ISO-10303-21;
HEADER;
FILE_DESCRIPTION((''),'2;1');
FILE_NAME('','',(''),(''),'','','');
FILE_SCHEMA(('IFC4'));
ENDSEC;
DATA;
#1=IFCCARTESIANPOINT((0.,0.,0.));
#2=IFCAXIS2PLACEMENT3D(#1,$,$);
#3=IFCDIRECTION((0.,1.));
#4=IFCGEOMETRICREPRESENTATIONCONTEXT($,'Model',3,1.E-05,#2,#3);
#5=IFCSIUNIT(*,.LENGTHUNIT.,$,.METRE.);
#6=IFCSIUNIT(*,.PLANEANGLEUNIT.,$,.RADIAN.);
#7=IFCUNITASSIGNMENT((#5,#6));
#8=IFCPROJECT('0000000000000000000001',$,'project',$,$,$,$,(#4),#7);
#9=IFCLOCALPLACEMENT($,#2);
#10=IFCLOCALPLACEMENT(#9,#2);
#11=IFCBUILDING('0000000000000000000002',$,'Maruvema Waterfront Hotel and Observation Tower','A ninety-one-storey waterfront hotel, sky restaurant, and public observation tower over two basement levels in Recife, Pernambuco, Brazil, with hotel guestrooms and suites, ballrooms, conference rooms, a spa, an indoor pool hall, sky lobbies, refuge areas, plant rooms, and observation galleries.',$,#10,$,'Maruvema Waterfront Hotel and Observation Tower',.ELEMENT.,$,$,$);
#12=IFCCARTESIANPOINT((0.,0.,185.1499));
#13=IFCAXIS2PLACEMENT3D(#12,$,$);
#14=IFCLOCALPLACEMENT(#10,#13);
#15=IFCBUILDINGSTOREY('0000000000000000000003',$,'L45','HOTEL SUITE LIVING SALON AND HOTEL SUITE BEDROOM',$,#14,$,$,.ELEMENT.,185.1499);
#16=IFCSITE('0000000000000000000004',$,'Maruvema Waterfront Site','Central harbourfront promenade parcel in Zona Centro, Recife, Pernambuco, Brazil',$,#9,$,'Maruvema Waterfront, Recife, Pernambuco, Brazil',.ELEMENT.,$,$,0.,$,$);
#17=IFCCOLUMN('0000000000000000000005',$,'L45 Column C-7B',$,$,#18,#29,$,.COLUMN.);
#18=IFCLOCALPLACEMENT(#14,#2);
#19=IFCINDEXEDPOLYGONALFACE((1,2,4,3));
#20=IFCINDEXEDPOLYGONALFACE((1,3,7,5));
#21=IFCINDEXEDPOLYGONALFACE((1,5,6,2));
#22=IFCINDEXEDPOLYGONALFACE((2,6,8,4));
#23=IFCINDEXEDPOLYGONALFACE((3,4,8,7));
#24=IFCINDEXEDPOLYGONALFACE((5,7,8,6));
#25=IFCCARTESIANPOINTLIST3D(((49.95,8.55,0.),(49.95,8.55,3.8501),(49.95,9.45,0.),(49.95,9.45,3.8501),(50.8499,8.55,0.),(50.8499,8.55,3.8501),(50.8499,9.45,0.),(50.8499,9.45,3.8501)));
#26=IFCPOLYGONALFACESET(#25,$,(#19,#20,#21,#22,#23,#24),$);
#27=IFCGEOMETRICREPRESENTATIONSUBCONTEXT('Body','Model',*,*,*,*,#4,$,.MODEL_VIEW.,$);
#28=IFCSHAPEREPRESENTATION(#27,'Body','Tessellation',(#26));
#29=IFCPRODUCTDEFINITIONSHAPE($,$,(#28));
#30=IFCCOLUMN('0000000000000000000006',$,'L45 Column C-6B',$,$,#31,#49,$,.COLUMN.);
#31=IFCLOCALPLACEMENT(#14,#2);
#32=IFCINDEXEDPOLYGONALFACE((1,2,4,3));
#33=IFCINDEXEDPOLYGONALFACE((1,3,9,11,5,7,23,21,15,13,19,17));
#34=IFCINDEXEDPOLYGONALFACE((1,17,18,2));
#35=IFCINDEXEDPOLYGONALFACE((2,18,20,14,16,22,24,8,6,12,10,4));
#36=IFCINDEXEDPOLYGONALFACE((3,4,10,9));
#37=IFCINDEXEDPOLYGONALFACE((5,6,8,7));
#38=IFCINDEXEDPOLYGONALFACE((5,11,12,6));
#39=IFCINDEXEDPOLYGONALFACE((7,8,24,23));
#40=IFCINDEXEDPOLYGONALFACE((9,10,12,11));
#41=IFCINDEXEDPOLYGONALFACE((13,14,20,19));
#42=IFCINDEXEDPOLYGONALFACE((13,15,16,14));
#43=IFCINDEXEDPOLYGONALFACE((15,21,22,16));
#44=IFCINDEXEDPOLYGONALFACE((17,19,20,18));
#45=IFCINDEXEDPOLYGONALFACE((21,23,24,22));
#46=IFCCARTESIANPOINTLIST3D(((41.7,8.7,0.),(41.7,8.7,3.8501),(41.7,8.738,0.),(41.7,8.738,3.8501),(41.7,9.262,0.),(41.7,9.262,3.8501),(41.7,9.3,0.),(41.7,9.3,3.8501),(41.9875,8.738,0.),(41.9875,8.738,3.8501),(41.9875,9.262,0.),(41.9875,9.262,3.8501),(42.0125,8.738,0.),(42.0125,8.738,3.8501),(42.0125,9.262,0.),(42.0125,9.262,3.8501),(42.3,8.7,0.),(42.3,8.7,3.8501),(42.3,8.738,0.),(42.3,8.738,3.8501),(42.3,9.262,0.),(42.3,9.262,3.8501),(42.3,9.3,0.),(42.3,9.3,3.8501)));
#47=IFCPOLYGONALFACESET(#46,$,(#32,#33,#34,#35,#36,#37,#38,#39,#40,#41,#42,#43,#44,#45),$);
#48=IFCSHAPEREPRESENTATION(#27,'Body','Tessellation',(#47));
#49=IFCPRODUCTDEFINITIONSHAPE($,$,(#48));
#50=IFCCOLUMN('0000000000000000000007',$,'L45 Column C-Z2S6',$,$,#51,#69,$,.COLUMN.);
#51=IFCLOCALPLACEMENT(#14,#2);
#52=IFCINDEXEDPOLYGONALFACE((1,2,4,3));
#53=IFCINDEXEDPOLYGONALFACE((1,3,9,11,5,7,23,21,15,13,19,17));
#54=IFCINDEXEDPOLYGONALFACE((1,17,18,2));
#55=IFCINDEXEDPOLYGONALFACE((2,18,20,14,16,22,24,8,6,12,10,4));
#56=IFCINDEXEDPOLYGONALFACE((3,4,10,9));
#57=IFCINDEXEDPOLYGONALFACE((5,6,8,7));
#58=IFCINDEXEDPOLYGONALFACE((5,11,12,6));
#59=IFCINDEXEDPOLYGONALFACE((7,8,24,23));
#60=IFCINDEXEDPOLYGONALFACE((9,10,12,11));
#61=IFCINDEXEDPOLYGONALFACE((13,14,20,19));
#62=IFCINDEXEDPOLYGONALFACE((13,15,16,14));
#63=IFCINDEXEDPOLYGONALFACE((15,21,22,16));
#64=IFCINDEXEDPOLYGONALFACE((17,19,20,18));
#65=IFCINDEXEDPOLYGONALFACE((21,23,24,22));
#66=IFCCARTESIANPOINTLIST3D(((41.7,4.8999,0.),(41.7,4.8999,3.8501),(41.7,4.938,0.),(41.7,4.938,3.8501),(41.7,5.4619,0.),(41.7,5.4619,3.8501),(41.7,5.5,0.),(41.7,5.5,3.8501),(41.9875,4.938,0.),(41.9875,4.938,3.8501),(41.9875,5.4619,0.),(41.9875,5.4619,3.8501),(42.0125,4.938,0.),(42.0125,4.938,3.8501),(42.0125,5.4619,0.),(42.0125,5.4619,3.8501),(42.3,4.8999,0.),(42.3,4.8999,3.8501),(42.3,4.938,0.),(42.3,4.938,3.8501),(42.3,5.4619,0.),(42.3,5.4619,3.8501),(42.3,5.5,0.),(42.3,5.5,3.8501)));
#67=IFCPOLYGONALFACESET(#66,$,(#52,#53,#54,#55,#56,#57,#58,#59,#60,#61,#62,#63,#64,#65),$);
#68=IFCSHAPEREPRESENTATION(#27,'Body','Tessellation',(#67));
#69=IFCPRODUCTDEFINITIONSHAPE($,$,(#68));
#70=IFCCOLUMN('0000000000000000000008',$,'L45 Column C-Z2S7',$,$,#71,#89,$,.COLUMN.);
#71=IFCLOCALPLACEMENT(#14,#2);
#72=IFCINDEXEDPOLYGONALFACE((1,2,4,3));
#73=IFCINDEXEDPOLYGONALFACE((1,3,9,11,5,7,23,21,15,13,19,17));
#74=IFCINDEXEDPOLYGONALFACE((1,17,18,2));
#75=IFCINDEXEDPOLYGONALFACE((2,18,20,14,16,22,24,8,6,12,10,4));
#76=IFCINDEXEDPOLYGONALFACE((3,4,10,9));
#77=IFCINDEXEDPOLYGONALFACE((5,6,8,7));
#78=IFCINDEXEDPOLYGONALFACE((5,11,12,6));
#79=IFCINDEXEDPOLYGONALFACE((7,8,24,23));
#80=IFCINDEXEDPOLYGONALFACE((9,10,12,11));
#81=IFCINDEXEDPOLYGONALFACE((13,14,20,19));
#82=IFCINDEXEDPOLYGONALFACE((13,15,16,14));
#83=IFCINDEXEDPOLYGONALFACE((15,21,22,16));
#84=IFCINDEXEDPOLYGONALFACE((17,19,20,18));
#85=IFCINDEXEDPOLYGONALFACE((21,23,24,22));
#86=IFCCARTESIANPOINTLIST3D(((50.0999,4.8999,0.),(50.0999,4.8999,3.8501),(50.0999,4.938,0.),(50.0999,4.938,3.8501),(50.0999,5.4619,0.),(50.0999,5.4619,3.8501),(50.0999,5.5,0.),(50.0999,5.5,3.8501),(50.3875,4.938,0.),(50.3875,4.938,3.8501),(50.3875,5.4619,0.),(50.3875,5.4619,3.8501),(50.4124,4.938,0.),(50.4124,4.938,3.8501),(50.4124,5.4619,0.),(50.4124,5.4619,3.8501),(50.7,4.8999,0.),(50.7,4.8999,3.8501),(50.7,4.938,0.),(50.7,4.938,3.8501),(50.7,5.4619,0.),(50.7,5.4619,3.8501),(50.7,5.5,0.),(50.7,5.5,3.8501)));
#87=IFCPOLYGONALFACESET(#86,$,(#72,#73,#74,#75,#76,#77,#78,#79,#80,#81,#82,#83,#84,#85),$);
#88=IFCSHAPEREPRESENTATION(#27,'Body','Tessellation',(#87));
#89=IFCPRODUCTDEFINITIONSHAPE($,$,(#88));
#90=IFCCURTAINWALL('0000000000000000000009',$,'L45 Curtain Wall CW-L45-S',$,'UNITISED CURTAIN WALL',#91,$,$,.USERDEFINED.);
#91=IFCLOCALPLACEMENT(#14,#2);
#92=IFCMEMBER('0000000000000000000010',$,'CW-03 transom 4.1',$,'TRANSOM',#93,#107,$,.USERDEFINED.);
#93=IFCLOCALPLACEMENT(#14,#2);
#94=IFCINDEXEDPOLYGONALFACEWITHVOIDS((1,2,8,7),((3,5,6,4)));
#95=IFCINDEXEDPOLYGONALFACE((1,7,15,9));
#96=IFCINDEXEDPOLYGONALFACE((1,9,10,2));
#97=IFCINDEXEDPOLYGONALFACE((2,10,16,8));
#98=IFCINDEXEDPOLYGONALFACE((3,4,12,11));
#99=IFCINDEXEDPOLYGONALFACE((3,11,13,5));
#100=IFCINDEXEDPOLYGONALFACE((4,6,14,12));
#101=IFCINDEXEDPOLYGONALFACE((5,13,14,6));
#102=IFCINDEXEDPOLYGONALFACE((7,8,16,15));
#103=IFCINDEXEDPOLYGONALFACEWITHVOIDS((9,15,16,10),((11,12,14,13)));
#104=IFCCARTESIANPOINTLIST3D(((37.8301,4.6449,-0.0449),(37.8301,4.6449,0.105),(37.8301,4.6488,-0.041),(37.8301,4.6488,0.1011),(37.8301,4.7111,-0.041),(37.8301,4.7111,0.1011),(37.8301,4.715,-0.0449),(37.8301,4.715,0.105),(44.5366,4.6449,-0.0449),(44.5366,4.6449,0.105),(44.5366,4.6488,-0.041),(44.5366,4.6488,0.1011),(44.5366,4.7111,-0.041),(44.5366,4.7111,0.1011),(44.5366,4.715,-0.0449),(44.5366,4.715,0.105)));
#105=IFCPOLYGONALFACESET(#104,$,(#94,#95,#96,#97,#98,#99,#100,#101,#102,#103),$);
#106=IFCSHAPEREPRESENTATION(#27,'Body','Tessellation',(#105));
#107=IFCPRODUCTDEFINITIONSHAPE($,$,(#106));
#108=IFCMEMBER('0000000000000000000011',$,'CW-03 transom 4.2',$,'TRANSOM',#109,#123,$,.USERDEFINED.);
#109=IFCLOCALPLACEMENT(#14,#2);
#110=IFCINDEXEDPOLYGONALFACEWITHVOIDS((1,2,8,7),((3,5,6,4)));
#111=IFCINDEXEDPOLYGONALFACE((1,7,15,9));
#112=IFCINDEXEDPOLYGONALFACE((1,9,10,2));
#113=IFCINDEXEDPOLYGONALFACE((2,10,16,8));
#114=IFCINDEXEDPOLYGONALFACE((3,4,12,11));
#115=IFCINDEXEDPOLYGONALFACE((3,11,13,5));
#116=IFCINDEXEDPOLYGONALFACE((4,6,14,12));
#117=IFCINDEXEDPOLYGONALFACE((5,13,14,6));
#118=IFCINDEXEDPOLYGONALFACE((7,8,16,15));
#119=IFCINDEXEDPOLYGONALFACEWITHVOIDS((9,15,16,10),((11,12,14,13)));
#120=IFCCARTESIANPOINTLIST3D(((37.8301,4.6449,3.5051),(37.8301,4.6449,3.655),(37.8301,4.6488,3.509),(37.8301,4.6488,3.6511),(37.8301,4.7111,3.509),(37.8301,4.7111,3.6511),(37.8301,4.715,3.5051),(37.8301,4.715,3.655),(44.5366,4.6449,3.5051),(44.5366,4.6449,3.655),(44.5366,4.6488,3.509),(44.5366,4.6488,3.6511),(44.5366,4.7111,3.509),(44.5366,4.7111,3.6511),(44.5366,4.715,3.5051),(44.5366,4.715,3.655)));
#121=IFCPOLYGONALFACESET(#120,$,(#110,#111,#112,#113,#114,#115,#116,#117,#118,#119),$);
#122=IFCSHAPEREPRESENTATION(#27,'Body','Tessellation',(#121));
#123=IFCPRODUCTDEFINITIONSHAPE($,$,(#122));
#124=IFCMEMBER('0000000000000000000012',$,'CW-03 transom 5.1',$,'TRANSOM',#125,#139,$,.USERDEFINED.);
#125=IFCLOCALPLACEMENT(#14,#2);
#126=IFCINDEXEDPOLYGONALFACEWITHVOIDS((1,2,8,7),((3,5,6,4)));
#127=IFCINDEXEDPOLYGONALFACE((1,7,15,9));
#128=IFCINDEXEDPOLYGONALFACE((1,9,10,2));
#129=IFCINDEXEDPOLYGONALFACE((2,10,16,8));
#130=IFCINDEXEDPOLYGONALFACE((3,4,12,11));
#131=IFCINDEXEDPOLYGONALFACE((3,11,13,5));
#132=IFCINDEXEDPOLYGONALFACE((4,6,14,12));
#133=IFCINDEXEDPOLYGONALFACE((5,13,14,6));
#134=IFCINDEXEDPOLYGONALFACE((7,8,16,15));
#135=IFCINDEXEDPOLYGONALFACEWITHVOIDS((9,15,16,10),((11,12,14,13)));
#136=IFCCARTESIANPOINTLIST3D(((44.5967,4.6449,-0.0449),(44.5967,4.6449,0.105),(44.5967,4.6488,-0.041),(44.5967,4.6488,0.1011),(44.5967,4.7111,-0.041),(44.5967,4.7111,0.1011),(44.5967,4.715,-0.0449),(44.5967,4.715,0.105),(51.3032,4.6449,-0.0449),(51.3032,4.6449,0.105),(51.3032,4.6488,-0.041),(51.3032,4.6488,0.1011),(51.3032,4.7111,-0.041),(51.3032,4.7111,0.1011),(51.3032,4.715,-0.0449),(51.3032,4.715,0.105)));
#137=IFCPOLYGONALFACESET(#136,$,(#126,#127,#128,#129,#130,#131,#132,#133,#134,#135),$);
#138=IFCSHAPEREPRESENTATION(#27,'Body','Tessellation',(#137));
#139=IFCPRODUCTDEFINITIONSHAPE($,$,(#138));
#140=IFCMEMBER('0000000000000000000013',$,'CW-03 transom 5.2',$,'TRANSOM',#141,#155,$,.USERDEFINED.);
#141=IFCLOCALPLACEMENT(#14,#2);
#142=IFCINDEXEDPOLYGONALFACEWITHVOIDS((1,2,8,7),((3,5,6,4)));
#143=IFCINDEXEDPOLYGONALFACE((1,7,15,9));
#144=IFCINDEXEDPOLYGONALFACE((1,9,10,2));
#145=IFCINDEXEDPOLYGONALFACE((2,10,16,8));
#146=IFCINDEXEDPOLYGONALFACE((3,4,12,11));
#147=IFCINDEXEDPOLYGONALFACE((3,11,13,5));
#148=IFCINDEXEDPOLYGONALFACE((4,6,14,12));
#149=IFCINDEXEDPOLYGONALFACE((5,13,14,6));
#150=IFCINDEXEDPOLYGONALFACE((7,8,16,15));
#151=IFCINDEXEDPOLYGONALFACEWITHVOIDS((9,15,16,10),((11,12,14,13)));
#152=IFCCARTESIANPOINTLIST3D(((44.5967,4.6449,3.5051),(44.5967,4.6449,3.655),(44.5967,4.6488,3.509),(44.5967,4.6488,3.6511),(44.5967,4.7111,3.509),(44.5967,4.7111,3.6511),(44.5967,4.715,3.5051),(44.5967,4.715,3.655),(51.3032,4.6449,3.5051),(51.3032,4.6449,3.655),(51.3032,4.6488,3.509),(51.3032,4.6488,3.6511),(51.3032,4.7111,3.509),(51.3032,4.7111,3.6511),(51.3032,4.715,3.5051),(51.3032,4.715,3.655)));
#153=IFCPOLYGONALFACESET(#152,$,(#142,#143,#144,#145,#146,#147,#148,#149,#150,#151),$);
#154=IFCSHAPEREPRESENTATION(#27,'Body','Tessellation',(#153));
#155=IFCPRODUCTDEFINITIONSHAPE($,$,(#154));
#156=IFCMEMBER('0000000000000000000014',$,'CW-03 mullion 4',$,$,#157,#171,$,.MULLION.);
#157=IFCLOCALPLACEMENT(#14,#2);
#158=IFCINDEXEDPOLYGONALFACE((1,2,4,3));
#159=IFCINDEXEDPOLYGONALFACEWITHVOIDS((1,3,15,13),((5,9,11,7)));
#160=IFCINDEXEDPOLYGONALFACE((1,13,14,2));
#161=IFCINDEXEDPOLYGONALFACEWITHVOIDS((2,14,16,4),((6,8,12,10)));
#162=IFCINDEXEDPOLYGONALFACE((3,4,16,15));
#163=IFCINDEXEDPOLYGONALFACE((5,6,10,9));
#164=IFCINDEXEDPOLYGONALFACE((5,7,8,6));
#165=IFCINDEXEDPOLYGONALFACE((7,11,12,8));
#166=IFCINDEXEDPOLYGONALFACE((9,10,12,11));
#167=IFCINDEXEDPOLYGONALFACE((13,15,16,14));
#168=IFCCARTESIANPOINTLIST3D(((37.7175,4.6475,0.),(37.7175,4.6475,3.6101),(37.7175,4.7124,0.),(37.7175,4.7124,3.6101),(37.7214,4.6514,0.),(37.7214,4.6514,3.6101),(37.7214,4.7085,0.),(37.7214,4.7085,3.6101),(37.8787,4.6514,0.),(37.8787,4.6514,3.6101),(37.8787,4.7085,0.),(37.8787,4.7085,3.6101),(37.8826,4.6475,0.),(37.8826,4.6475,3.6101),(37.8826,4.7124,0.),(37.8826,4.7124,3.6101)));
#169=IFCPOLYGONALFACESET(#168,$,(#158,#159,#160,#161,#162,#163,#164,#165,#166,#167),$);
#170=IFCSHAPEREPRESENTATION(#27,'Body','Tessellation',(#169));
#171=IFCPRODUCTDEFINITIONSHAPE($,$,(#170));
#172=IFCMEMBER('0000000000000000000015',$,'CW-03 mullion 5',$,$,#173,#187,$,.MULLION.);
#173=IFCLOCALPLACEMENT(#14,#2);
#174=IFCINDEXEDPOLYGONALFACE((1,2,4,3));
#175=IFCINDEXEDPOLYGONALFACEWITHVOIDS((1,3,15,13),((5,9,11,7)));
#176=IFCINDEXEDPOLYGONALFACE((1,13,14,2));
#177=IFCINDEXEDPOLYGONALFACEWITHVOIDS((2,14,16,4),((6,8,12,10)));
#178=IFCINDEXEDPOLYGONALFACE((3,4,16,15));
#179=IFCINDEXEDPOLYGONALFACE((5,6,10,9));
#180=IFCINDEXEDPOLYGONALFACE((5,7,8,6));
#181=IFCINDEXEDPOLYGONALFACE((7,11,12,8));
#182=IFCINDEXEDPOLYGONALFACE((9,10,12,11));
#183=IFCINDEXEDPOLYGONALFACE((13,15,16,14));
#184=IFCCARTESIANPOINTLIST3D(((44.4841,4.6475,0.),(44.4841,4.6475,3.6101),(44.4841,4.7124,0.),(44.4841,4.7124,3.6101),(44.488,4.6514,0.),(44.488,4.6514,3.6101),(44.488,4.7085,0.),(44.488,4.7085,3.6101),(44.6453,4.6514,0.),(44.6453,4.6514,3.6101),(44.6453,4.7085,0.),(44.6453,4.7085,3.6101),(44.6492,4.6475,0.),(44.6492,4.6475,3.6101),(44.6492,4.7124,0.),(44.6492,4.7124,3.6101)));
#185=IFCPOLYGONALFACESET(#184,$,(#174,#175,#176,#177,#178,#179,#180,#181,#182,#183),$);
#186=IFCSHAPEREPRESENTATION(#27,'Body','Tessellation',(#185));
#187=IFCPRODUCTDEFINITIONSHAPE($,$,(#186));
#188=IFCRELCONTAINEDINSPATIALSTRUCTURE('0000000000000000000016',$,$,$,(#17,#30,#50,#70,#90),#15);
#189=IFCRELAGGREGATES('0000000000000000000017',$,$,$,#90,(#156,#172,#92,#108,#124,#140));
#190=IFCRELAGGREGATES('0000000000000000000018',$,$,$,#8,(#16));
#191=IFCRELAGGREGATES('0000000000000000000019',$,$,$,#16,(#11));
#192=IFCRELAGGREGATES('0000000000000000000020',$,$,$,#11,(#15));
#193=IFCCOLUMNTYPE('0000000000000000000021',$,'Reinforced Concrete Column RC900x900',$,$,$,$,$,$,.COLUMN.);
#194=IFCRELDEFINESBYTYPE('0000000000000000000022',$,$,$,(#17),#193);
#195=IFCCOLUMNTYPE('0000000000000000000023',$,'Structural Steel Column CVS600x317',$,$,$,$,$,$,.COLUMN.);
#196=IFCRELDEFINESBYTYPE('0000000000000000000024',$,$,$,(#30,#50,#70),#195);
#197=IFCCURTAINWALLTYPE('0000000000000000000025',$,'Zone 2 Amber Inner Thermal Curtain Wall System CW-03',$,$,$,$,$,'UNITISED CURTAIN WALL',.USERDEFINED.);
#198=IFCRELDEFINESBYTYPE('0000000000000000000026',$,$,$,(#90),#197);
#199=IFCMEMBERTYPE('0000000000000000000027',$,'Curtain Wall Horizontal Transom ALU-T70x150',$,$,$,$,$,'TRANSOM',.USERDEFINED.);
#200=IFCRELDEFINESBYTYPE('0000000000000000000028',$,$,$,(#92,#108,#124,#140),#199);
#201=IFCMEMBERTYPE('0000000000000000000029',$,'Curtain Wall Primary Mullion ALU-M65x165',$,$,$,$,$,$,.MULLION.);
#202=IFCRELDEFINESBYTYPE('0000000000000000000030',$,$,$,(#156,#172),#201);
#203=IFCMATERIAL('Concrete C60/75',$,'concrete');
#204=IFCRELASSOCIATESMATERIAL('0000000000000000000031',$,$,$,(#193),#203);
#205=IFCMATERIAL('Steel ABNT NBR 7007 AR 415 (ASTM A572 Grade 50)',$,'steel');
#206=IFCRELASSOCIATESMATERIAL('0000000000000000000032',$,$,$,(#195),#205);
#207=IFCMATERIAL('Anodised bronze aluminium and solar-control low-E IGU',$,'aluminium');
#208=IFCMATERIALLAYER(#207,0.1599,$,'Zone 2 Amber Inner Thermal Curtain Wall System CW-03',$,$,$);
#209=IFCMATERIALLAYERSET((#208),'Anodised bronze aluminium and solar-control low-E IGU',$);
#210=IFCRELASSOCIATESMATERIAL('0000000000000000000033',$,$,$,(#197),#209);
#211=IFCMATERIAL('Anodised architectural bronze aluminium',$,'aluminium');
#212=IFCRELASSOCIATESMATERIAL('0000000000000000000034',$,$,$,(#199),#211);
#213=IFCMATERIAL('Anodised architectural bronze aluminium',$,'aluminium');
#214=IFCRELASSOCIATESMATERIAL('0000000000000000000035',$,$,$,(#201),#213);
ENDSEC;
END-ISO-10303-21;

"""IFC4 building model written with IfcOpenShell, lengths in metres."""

from ifc_helpers import new_model, si_unit, direction, frame, origin, origin_2d, place, context, subcontext, project, spatial, rectangle, hollow_rectangle, i_section, extrude, material, layer, layer_set, material_profile, profile_set, type_object, element, aggregate, save


model = new_model("IFC4")

# Units and contexts
model_context = context("Model", 3, precision=1e-05, world=origin(), true_north=direction((0.0, 1.0)))
body_context = subcontext(model_context, "Body", "Model", "MODEL_VIEW")
ifc_project = project(units=[si_unit("LENGTHUNIT", "METRE"), si_unit("PLANEANGLEUNIT", "RADIAN")], contexts=[model_context])

# Site, building, storey
site_placement = place(None, origin())
site = spatial("IfcSite", under=ifc_project, at=site_placement, Name="Maruvema Waterfront Site", Description="Central harbourfront promenade parcel in Zona Centro, Recife, Pernambuco, Brazil", LongName="Maruvema Waterfront, Recife, Pernambuco, Brazil", CompositionType="ELEMENT", RefElevation=0.0)
building_placement = place(site_placement, origin())
building = spatial("IfcBuilding", under=site, at=building_placement, Name="Maruvema Waterfront Hotel and Observation Tower", Description="A ninety-one-storey waterfront hotel, sky restaurant, and public observation tower over two basement levels in Recife, Pernambuco, Brazil, with hotel guestrooms and suites, ballrooms, conference rooms, a spa, an indoor pool hall, sky lobbies, refuge areas, plant rooms, and observation galleries.", LongName="Maruvema Waterfront Hotel and Observation Tower", CompositionType="ELEMENT")
storey_placement = place(building_placement, frame((0.0, 0.0, 185.1499)))
storey = spatial("IfcBuildingStorey", under=building, at=storey_placement, Name="L45", Description="HOTEL SUITE LIVING SALON AND HOTEL SUITE BEDROOM", CompositionType="ELEMENT", Elevation=185.1499)

# Columns
ifc_material_1 = material(Name="Concrete C60/75", Category="concrete")
ifc_material_profile_1 = material_profile(ifc_material_1, rectangle(XDim=0.8999, YDim=0.8999, at=origin_2d()), Name="RC900x900")
ifc_profile_set_1 = profile_set([ifc_material_profile_1], Name="Concrete C60/75")
column_type_1 = type_object("IfcColumnType", Name="Reinforced Concrete Column RC900x900", PredefinedType="COLUMN", material=ifc_profile_set_1)
column_placement = place(storey_placement, frame((50.3999, 9.0, 0.0), z_axis=(0.0, 0.0, 1.0), x_axis=(1.0, 0.0, 0.0)))
element("IfcColumn", 1, at=column_placement, inside=storey, type_object=column_type_1, Name="L45 Column C-7B", PredefinedType="COLUMN", context=body_context, shape_type="SweptSolid", body=[
    extrude(rectangle(XDim=0.8999, YDim=0.8999, at=origin_2d()), origin(), (0.0, 0.0, 1.0), 3.8501),
])
ifc_material_2 = material(Name="Steel ABNT NBR 7007 AR 415 (ASTM A572 Grade 50)", Category="steel")
ifc_material_profile_2 = material_profile(ifc_material_2, i_section(OverallWidth=0.6001, OverallDepth=0.6001, WebThickness=0.0249, FlangeThickness=0.0381, at=origin_2d()), Name="CVS600x317")
ifc_profile_set_2 = profile_set([ifc_material_profile_2], Name="Steel ABNT NBR 7007 AR 415 (ASTM A572 Grade 50)")
column_type_2 = type_object("IfcColumnType", Name="Structural Steel Column CVS600x317", PredefinedType="COLUMN", material=ifc_profile_set_2)
for number, where, z_axis, x_axis, name in (
    (2, (42.0, 9.0, 0.0), (0.0, 0.0, 1.0), (1.0, 0.0, 0.0), "L45 Column C-6B"),
    (3, (42.0, 5.2, 0.0), (0.0, 0.0, 1.0), (1.0, 0.0, 0.0), "L45 Column C-Z2S6"),
    (4, (50.3999, 5.2, 0.0), (0.0, 0.0, 1.0), (1.0, 0.0, 0.0), "L45 Column C-Z2S7"),
):
    element("IfcColumn", number, at=place(storey_placement, frame(where, z_axis=z_axis, x_axis=x_axis)), inside=storey, type_object=column_type_2, Name=name, PredefinedType="COLUMN", context=body_context, shape_type="SweptSolid", body=[
        extrude(i_section(OverallWidth=0.6001, OverallDepth=0.6001, WebThickness=0.0249, FlangeThickness=0.0381, at=origin_2d()), origin(), (0.0, 0.0, 1.0), 3.8501),
    ])

# Curtain wall, members
ifc_material_3 = material(Name="Anodised bronze aluminium and solar-control low-E IGU", Category="aluminium")
ifc_layer_1 = layer(ifc_material_3, 0.1599, Name="Zone 2 Amber Inner Thermal Curtain Wall System CW-03")
ifc_layer_set_1 = layer_set([ifc_layer_1], Name="Anodised bronze aluminium and solar-control low-E IGU")
curtain_wall_type = type_object("IfcCurtainWallType", Name="Zone 2 Amber Inner Thermal Curtain Wall System CW-03", ElementType="UNITISED CURTAIN WALL", PredefinedType="USERDEFINED", material=ifc_layer_set_1)
curtain_wall_placement = place(storey_placement, origin())
curtain_wall = element("IfcCurtainWall", 5, at=curtain_wall_placement, inside=storey, type_object=curtain_wall_type, Name="L45 Curtain Wall CW-L45-S", ObjectType="UNITISED CURTAIN WALL", PredefinedType="USERDEFINED")
ifc_material_4 = material(Name="Anodised architectural bronze aluminium", Category="aluminium")
ifc_material_profile_3 = material_profile(ifc_material_4, hollow_rectangle(XDim=0.0701, YDim=0.1499, WallThickness=0.0039, at=origin_2d()), Name="ALU-T70x150")
ifc_profile_set_3 = profile_set([ifc_material_profile_3], Name="Anodised architectural bronze aluminium")
member_type_1 = type_object("IfcMemberType", Name="Curtain Wall Horizontal Transom ALU-T70x150", ElementType="TRANSOM", PredefinedType="USERDEFINED", material=ifc_profile_set_3)
member_1_placement = place(storey_placement, frame((37.8301, 4.6799, 0.03), z_axis=(1.0, 0.0, 0.0), x_axis=(0.0, 1.0, 0.0)))
member_1 = element("IfcMember", 6, at=member_1_placement, type_object=member_type_1, Name="CW-03 transom 4.1", ObjectType="TRANSOM", PredefinedType="USERDEFINED", context=body_context, shape_type="SweptSolid", body=[
    extrude(hollow_rectangle(XDim=0.0701, YDim=0.1499, WallThickness=0.0039, at=origin_2d()), origin(), (0.0, 0.0, 1.0), 6.7065),
])
member_2_placement = place(storey_placement, frame((37.8301, 4.6799, 3.5801), z_axis=(1.0, 0.0, 0.0), x_axis=(0.0, 1.0, 0.0)))
member_2 = element("IfcMember", 7, at=member_2_placement, type_object=member_type_1, Name="CW-03 transom 4.2", ObjectType="TRANSOM", PredefinedType="USERDEFINED", context=body_context, shape_type="SweptSolid", body=[
    extrude(hollow_rectangle(XDim=0.0701, YDim=0.1499, WallThickness=0.0039, at=origin_2d()), origin(), (0.0, 0.0, 1.0), 6.7065),
])
member_3_placement = place(storey_placement, frame((44.5967, 4.6799, 0.03), z_axis=(1.0, 0.0, 0.0), x_axis=(0.0, 1.0, 0.0)))
member_3 = element("IfcMember", 8, at=member_3_placement, type_object=member_type_1, Name="CW-03 transom 5.1", ObjectType="TRANSOM", PredefinedType="USERDEFINED", context=body_context, shape_type="SweptSolid", body=[
    extrude(hollow_rectangle(XDim=0.0701, YDim=0.1499, WallThickness=0.0039, at=origin_2d()), origin(), (0.0, 0.0, 1.0), 6.7065),
])
member_4_placement = place(storey_placement, frame((44.5967, 4.6799, 3.5801), z_axis=(1.0, 0.0, 0.0), x_axis=(0.0, 1.0, 0.0)))
member_4 = element("IfcMember", 9, at=member_4_placement, type_object=member_type_1, Name="CW-03 transom 5.2", ObjectType="TRANSOM", PredefinedType="USERDEFINED", context=body_context, shape_type="SweptSolid", body=[
    extrude(hollow_rectangle(XDim=0.0701, YDim=0.1499, WallThickness=0.0039, at=origin_2d()), origin(), (0.0, 0.0, 1.0), 6.7065),
])
ifc_material_5 = material(Name="Anodised architectural bronze aluminium", Category="aluminium")
ifc_material_profile_4 = material_profile(ifc_material_5, hollow_rectangle(XDim=0.0649, YDim=0.165, WallThickness=0.0039, at=origin_2d()), Name="ALU-M65x165")
ifc_profile_set_4 = profile_set([ifc_material_profile_4], Name="Anodised architectural bronze aluminium")
member_type_2 = type_object("IfcMemberType", Name="Curtain Wall Primary Mullion ALU-M65x165", PredefinedType="MULLION", material=ifc_profile_set_4)
member_5_placement = place(storey_placement, frame((37.8, 4.6799, 0.0), z_axis=(0.0, 0.0, 1.0), x_axis=(0.0, 1.0, 0.0)))
member_5 = element("IfcMember", 10, at=member_5_placement, type_object=member_type_2, Name="CW-03 mullion 4", PredefinedType="MULLION", context=body_context, shape_type="SweptSolid", body=[
    extrude(hollow_rectangle(XDim=0.0649, YDim=0.165, WallThickness=0.0039, at=origin_2d()), origin(), (0.0, 0.0, 1.0), 3.6101),
])
member_6_placement = place(storey_placement, frame((44.5667, 4.6799, 0.0), z_axis=(0.0, 0.0, 1.0), x_axis=(0.0, 1.0, 0.0)))
member_6 = element("IfcMember", 11, at=member_6_placement, type_object=member_type_2, Name="CW-03 mullion 5", PredefinedType="MULLION", context=body_context, shape_type="SweptSolid", body=[
    extrude(hollow_rectangle(XDim=0.0649, YDim=0.165, WallThickness=0.0039, at=origin_2d()), origin(), (0.0, 0.0, 1.0), 3.6101),
])

aggregate(curtain_wall, [member_5, member_6, member_1, member_2, member_3, member_4])

save(model, "model.ifc")
